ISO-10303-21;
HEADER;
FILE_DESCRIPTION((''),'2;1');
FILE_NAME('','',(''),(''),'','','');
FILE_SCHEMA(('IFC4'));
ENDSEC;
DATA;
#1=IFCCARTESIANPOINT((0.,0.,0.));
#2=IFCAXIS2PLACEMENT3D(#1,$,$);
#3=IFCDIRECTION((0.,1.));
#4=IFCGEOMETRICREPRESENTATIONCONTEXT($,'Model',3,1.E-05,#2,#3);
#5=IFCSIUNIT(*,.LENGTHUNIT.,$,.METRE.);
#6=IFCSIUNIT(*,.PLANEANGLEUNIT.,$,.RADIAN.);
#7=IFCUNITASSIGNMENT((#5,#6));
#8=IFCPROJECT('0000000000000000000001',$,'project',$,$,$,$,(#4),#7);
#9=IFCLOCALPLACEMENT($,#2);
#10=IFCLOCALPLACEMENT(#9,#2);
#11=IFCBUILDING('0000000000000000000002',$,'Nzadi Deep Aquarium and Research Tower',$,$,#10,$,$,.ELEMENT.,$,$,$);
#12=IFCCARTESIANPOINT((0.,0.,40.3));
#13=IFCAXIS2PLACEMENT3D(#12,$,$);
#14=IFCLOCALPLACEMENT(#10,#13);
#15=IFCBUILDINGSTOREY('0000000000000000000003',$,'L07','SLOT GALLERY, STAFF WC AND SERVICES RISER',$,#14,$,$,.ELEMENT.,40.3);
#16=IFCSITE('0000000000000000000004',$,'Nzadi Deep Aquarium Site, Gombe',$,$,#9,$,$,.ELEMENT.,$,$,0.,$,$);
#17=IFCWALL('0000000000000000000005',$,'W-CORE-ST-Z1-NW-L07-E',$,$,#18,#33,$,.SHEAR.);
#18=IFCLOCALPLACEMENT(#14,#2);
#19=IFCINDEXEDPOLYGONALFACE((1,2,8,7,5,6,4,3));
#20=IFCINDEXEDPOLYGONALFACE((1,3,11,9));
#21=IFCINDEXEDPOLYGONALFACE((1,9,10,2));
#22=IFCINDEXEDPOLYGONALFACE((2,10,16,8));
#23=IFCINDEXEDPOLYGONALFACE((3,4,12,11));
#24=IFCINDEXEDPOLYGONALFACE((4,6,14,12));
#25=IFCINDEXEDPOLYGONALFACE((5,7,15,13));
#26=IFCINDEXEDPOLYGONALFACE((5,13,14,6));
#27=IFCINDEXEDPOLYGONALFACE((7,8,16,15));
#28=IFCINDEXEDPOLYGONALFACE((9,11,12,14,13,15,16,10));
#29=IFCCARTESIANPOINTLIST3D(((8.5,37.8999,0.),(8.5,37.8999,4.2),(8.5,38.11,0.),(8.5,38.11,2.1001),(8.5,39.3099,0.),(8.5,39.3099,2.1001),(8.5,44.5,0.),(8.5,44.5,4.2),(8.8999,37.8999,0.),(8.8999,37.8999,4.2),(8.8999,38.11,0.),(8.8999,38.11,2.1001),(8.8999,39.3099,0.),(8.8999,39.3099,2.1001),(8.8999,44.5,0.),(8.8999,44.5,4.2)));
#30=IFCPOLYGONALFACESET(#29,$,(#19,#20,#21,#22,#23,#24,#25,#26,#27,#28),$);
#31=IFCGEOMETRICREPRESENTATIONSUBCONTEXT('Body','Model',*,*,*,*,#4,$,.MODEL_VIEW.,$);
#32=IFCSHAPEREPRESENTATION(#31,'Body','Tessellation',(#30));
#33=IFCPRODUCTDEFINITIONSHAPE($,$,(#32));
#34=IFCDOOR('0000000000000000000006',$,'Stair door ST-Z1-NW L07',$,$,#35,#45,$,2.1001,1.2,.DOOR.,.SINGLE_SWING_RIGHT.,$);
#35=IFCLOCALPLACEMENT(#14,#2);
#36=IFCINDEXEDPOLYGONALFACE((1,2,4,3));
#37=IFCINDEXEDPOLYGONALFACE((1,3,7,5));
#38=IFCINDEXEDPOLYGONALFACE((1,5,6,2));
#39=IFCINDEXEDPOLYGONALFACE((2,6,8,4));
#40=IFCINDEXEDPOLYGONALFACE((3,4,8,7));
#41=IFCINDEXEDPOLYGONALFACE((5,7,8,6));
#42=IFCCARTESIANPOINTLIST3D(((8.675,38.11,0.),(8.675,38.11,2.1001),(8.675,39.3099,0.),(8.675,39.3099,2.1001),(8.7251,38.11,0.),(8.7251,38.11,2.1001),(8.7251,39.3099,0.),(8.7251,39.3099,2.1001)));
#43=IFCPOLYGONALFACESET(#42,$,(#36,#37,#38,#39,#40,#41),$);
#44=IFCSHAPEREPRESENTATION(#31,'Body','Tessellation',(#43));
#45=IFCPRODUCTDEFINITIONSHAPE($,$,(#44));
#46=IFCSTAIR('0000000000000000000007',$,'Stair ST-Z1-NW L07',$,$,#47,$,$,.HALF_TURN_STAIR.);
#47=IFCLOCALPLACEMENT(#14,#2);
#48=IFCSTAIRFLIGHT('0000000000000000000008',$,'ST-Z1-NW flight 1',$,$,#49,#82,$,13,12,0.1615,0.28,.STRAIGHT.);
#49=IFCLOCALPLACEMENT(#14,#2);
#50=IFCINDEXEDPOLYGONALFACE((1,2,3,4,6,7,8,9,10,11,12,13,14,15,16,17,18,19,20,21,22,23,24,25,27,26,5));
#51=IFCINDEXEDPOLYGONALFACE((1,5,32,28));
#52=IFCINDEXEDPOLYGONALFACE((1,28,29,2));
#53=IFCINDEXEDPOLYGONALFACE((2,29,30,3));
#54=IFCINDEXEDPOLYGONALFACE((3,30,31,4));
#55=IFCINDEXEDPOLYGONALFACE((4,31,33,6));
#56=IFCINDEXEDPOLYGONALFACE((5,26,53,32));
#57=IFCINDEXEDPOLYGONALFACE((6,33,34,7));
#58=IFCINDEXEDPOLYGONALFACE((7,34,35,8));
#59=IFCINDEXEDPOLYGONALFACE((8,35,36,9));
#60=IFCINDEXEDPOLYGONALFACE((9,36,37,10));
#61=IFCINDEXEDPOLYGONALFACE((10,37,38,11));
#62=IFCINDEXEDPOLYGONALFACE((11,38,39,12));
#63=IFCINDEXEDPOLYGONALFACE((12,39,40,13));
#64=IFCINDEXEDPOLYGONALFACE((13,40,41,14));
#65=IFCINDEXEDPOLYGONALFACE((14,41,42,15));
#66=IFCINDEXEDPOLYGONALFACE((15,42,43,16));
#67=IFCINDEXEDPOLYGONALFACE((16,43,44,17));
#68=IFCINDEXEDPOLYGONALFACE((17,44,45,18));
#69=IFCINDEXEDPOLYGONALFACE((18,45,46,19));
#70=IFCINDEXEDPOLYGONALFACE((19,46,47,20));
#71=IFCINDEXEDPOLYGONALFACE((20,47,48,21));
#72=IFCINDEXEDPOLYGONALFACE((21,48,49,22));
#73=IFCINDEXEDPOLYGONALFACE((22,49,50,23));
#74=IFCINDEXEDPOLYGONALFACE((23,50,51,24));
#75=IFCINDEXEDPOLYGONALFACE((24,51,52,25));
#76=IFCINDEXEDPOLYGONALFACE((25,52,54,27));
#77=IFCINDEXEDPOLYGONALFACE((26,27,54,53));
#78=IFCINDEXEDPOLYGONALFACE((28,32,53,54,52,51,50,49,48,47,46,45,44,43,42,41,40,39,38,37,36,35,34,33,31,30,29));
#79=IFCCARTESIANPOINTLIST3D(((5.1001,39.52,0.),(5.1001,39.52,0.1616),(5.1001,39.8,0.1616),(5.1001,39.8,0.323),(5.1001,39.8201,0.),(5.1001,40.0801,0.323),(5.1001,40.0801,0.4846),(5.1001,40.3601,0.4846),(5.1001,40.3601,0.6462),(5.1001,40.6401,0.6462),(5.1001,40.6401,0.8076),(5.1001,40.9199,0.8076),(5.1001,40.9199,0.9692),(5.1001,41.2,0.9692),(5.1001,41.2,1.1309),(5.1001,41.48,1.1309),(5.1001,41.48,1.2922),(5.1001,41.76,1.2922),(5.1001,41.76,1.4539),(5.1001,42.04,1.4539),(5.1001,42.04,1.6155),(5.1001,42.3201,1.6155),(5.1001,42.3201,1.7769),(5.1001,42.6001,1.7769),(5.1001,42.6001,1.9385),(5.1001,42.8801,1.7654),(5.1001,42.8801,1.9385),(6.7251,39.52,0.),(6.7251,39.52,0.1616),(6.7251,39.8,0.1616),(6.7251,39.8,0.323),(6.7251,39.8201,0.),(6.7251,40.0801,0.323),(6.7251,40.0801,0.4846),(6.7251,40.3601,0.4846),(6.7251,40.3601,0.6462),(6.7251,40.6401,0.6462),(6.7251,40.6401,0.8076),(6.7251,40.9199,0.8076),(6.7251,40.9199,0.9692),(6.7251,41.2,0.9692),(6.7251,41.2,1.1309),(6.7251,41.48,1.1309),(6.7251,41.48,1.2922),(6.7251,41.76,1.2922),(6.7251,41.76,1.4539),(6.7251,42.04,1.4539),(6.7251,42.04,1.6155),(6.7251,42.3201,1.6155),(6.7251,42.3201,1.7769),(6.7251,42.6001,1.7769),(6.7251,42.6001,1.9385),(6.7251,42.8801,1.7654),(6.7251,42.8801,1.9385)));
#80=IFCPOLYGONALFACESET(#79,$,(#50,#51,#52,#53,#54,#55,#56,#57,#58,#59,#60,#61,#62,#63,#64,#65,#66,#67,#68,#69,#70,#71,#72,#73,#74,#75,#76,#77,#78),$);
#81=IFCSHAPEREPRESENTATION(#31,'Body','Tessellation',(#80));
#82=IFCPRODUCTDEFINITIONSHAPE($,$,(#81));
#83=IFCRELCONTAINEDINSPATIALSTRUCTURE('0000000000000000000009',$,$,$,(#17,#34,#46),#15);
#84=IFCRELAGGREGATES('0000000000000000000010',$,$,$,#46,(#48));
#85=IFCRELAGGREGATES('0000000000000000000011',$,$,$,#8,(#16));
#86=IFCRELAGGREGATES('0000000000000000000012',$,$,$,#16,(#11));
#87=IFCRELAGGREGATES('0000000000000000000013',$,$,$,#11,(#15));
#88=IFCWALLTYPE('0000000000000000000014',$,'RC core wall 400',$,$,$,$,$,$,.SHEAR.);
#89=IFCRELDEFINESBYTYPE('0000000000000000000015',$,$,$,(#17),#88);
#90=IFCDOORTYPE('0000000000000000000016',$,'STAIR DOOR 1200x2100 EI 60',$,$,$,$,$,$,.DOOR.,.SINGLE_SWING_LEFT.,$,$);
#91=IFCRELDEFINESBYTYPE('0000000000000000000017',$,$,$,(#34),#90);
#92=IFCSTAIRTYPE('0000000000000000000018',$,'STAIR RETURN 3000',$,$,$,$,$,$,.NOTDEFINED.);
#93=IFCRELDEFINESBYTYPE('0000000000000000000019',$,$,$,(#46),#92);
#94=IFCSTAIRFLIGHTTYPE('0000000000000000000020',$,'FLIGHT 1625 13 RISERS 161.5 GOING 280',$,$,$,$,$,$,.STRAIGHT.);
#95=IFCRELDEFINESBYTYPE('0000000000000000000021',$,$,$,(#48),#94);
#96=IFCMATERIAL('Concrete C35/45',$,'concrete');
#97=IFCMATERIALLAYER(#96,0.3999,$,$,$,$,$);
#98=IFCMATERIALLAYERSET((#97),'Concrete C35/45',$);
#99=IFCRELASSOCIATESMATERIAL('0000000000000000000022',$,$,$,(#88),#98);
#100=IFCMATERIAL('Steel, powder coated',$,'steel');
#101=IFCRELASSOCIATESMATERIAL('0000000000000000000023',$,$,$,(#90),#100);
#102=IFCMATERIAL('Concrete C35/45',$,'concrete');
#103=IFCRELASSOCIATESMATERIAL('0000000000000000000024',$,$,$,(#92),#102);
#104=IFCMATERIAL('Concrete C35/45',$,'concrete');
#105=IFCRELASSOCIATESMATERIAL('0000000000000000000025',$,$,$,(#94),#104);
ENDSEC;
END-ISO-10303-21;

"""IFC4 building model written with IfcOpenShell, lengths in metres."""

from ifc_helpers import new_model, si_unit, direction, frame, frame_2d, origin, place, context, subcontext, project, spatial, polyline, rectangle, outline, extrude, material, layer, layer_set, type_object, element, fill, aggregate, save


model = new_model("IFC4")

# Units and contexts
model_context = context("Model", 3, precision=1e-05, world=origin(), true_north=direction((0.0, 1.0)))
body_context = subcontext(model_context, "Body", "Model", "MODEL_VIEW")
ifc_project = project(units=[si_unit("LENGTHUNIT", "METRE"), si_unit("PLANEANGLEUNIT", "RADIAN")], contexts=[model_context])

# Site, building, storey
site_placement = place(None, origin())
site = spatial("IfcSite", under=ifc_project, at=site_placement, Name="Nzadi Deep Aquarium Site, Gombe", CompositionType="ELEMENT", RefElevation=0.0)
building_placement = place(site_placement, origin())
building = spatial("IfcBuilding", under=site, at=building_placement, Name="Nzadi Deep Aquarium and Research Tower", CompositionType="ELEMENT")
storey_placement = place(building_placement, frame((0.0, 0.0, 40.3)))
storey = spatial("IfcBuildingStorey", under=building, at=storey_placement, Name="L07", Description="SLOT GALLERY, STAFF WC AND SERVICES RISER", CompositionType="ELEMENT", Elevation=40.3)

# Shared definitions
ifc_material_1 = material(Name="Concrete C35/45", Category="concrete")
ifc_layer_1 = layer(ifc_material_1, 0.3999)
ifc_layer_set_1 = layer_set([ifc_layer_1], Name="Concrete C35/45")
wall_type_1 = type_object("IfcWallType", Name="RC core wall 400", PredefinedType="SHEAR", material=ifc_layer_set_1)

# Wall, opening, door
wall_1_placement = place(storey_placement, frame((8.7, 37.8999, 0.0), z_axis=(0.0, 0.0, 1.0), x_axis=(0.0, 1.0, 0.0)))
wall_1 = element("IfcWall", 1, at=wall_1_placement, inside=storey, type_object=wall_type_1, Name="W-CORE-ST-Z1-NW-L07-E", PredefinedType="SHEAR", context=body_context, shape_type="SweptSolid", body=[
    extrude(rectangle(XDim=6.6001, YDim=0.3999, at=frame_2d((3.3, 0.0))), origin(), (0.0, 0.0, 1.0), 4.2),
])
opening_1_placement = place(wall_1_placement, frame((0.21, 0.0, 0.0)))
opening_1 = element("IfcOpeningElement", 2, at=opening_1_placement, cuts=wall_1, PredefinedType="OPENING", context=body_context, shape_type="SweptSolid", body=[
    extrude(rectangle(XDim=1.2, YDim=2.1001, at=frame_2d((0.6001, 1.05))), frame((0.0, 0.21, 0.0), z_axis=(0.0, -1.0, 0.0), x_axis=(1.0, 0.0, 0.0)), (0.0, 0.0, 1.0), 0.4199),
])
ifc_material_2 = material(Name="Steel, powder coated", Category="steel")
door_type_1 = type_object("IfcDoorType", Name="STAIR DOOR 1200x2100 EI 60", OperationType="SINGLE_SWING_LEFT", PredefinedType="DOOR", material=ifc_material_2)
door_1_placement = place(opening_1_placement, origin())
door_1 = element("IfcDoor", 3, at=door_1_placement, inside=storey, type_object=door_type_1, Name="Stair door ST-Z1-NW L07", OperationType="SINGLE_SWING_RIGHT", OverallHeight=2.1001, OverallWidth=1.2, PredefinedType="DOOR", context=body_context, shape_type="SweptSolid", body=[
    extrude(rectangle(XDim=1.2, YDim=2.1001, at=frame_2d((0.6001, 1.05))), frame((0.0, 0.0249, 0.0), z_axis=(0.0, -1.0, 0.0), x_axis=(1.0, 0.0, 0.0)), (0.0, 0.0, 1.0), 0.05),
])
fill(opening_1, door_1)

# Stair, stair flight
ifc_material_3 = material(Name="Concrete C35/45", Category="concrete")
stair_type = type_object("IfcStairType", Name="STAIR RETURN 3000", PredefinedType="NOTDEFINED", material=ifc_material_3)
stair_placement = place(storey_placement, origin())
stair = element("IfcStair", 4, at=stair_placement, inside=storey, type_object=stair_type, Name="Stair ST-Z1-NW L07", PredefinedType="HALF_TURN_STAIR")
ifc_material_4 = material(Name="Concrete C35/45", Category="concrete")
stair_flight_type = type_object("IfcStairFlightType", Name="FLIGHT 1625 13 RISERS 161.5 GOING 280", PredefinedType="STRAIGHT", material=ifc_material_4)
stair_flight_placement = place(storey_placement, frame((5.9126, 39.52, 0.0), z_axis=(0.0, 0.0, 1.0), x_axis=(0.0, 1.0, 0.0)))
stair_flight = element("IfcStairFlight", 5, at=stair_flight_placement, type_object=stair_flight_type, Name="ST-Z1-NW flight 1", NumberOfRisers=13, NumberOfTreads=12, PredefinedType="STRAIGHT", RiserHeight=0.1615, TreadLength=0.28, context=body_context, shape_type="SweptSolid", body=[
    extrude(outline(polyline([(0.0, 0.0), (0.0, 0.1616), (0.28, 0.1616), (0.28, 0.323), (0.5601, 0.323), (0.5601, 0.4846), (0.8401, 0.4846), (0.8401, 0.6462), (1.1201, 0.6462), (1.1201, 0.8076), (1.3999, 0.8076), (1.3999, 0.9692), (1.6799, 0.9692), (1.6799, 1.1309), (1.96, 1.1309), (1.96, 1.2922), (2.24, 1.2922), (2.24, 1.4539), (2.52, 1.4539), (2.52, 1.6155), (2.8, 1.6155), (2.8, 1.7769), (3.0801, 1.7769), (3.0801, 1.9385), (3.3601, 1.9385), (3.3601, 2.1001), (3.3601, 1.7654), (0.3, 0.0), (0.0, 0.0)])), frame((0.0, 0.8125, 0.0), z_axis=(0.0, -1.0, 0.0), x_axis=(1.0, 0.0, 0.0)), (0.0, 0.0, 1.0), 1.625),
])
aggregate(stair, [stair_flight])

save(model, "model.ifc")
